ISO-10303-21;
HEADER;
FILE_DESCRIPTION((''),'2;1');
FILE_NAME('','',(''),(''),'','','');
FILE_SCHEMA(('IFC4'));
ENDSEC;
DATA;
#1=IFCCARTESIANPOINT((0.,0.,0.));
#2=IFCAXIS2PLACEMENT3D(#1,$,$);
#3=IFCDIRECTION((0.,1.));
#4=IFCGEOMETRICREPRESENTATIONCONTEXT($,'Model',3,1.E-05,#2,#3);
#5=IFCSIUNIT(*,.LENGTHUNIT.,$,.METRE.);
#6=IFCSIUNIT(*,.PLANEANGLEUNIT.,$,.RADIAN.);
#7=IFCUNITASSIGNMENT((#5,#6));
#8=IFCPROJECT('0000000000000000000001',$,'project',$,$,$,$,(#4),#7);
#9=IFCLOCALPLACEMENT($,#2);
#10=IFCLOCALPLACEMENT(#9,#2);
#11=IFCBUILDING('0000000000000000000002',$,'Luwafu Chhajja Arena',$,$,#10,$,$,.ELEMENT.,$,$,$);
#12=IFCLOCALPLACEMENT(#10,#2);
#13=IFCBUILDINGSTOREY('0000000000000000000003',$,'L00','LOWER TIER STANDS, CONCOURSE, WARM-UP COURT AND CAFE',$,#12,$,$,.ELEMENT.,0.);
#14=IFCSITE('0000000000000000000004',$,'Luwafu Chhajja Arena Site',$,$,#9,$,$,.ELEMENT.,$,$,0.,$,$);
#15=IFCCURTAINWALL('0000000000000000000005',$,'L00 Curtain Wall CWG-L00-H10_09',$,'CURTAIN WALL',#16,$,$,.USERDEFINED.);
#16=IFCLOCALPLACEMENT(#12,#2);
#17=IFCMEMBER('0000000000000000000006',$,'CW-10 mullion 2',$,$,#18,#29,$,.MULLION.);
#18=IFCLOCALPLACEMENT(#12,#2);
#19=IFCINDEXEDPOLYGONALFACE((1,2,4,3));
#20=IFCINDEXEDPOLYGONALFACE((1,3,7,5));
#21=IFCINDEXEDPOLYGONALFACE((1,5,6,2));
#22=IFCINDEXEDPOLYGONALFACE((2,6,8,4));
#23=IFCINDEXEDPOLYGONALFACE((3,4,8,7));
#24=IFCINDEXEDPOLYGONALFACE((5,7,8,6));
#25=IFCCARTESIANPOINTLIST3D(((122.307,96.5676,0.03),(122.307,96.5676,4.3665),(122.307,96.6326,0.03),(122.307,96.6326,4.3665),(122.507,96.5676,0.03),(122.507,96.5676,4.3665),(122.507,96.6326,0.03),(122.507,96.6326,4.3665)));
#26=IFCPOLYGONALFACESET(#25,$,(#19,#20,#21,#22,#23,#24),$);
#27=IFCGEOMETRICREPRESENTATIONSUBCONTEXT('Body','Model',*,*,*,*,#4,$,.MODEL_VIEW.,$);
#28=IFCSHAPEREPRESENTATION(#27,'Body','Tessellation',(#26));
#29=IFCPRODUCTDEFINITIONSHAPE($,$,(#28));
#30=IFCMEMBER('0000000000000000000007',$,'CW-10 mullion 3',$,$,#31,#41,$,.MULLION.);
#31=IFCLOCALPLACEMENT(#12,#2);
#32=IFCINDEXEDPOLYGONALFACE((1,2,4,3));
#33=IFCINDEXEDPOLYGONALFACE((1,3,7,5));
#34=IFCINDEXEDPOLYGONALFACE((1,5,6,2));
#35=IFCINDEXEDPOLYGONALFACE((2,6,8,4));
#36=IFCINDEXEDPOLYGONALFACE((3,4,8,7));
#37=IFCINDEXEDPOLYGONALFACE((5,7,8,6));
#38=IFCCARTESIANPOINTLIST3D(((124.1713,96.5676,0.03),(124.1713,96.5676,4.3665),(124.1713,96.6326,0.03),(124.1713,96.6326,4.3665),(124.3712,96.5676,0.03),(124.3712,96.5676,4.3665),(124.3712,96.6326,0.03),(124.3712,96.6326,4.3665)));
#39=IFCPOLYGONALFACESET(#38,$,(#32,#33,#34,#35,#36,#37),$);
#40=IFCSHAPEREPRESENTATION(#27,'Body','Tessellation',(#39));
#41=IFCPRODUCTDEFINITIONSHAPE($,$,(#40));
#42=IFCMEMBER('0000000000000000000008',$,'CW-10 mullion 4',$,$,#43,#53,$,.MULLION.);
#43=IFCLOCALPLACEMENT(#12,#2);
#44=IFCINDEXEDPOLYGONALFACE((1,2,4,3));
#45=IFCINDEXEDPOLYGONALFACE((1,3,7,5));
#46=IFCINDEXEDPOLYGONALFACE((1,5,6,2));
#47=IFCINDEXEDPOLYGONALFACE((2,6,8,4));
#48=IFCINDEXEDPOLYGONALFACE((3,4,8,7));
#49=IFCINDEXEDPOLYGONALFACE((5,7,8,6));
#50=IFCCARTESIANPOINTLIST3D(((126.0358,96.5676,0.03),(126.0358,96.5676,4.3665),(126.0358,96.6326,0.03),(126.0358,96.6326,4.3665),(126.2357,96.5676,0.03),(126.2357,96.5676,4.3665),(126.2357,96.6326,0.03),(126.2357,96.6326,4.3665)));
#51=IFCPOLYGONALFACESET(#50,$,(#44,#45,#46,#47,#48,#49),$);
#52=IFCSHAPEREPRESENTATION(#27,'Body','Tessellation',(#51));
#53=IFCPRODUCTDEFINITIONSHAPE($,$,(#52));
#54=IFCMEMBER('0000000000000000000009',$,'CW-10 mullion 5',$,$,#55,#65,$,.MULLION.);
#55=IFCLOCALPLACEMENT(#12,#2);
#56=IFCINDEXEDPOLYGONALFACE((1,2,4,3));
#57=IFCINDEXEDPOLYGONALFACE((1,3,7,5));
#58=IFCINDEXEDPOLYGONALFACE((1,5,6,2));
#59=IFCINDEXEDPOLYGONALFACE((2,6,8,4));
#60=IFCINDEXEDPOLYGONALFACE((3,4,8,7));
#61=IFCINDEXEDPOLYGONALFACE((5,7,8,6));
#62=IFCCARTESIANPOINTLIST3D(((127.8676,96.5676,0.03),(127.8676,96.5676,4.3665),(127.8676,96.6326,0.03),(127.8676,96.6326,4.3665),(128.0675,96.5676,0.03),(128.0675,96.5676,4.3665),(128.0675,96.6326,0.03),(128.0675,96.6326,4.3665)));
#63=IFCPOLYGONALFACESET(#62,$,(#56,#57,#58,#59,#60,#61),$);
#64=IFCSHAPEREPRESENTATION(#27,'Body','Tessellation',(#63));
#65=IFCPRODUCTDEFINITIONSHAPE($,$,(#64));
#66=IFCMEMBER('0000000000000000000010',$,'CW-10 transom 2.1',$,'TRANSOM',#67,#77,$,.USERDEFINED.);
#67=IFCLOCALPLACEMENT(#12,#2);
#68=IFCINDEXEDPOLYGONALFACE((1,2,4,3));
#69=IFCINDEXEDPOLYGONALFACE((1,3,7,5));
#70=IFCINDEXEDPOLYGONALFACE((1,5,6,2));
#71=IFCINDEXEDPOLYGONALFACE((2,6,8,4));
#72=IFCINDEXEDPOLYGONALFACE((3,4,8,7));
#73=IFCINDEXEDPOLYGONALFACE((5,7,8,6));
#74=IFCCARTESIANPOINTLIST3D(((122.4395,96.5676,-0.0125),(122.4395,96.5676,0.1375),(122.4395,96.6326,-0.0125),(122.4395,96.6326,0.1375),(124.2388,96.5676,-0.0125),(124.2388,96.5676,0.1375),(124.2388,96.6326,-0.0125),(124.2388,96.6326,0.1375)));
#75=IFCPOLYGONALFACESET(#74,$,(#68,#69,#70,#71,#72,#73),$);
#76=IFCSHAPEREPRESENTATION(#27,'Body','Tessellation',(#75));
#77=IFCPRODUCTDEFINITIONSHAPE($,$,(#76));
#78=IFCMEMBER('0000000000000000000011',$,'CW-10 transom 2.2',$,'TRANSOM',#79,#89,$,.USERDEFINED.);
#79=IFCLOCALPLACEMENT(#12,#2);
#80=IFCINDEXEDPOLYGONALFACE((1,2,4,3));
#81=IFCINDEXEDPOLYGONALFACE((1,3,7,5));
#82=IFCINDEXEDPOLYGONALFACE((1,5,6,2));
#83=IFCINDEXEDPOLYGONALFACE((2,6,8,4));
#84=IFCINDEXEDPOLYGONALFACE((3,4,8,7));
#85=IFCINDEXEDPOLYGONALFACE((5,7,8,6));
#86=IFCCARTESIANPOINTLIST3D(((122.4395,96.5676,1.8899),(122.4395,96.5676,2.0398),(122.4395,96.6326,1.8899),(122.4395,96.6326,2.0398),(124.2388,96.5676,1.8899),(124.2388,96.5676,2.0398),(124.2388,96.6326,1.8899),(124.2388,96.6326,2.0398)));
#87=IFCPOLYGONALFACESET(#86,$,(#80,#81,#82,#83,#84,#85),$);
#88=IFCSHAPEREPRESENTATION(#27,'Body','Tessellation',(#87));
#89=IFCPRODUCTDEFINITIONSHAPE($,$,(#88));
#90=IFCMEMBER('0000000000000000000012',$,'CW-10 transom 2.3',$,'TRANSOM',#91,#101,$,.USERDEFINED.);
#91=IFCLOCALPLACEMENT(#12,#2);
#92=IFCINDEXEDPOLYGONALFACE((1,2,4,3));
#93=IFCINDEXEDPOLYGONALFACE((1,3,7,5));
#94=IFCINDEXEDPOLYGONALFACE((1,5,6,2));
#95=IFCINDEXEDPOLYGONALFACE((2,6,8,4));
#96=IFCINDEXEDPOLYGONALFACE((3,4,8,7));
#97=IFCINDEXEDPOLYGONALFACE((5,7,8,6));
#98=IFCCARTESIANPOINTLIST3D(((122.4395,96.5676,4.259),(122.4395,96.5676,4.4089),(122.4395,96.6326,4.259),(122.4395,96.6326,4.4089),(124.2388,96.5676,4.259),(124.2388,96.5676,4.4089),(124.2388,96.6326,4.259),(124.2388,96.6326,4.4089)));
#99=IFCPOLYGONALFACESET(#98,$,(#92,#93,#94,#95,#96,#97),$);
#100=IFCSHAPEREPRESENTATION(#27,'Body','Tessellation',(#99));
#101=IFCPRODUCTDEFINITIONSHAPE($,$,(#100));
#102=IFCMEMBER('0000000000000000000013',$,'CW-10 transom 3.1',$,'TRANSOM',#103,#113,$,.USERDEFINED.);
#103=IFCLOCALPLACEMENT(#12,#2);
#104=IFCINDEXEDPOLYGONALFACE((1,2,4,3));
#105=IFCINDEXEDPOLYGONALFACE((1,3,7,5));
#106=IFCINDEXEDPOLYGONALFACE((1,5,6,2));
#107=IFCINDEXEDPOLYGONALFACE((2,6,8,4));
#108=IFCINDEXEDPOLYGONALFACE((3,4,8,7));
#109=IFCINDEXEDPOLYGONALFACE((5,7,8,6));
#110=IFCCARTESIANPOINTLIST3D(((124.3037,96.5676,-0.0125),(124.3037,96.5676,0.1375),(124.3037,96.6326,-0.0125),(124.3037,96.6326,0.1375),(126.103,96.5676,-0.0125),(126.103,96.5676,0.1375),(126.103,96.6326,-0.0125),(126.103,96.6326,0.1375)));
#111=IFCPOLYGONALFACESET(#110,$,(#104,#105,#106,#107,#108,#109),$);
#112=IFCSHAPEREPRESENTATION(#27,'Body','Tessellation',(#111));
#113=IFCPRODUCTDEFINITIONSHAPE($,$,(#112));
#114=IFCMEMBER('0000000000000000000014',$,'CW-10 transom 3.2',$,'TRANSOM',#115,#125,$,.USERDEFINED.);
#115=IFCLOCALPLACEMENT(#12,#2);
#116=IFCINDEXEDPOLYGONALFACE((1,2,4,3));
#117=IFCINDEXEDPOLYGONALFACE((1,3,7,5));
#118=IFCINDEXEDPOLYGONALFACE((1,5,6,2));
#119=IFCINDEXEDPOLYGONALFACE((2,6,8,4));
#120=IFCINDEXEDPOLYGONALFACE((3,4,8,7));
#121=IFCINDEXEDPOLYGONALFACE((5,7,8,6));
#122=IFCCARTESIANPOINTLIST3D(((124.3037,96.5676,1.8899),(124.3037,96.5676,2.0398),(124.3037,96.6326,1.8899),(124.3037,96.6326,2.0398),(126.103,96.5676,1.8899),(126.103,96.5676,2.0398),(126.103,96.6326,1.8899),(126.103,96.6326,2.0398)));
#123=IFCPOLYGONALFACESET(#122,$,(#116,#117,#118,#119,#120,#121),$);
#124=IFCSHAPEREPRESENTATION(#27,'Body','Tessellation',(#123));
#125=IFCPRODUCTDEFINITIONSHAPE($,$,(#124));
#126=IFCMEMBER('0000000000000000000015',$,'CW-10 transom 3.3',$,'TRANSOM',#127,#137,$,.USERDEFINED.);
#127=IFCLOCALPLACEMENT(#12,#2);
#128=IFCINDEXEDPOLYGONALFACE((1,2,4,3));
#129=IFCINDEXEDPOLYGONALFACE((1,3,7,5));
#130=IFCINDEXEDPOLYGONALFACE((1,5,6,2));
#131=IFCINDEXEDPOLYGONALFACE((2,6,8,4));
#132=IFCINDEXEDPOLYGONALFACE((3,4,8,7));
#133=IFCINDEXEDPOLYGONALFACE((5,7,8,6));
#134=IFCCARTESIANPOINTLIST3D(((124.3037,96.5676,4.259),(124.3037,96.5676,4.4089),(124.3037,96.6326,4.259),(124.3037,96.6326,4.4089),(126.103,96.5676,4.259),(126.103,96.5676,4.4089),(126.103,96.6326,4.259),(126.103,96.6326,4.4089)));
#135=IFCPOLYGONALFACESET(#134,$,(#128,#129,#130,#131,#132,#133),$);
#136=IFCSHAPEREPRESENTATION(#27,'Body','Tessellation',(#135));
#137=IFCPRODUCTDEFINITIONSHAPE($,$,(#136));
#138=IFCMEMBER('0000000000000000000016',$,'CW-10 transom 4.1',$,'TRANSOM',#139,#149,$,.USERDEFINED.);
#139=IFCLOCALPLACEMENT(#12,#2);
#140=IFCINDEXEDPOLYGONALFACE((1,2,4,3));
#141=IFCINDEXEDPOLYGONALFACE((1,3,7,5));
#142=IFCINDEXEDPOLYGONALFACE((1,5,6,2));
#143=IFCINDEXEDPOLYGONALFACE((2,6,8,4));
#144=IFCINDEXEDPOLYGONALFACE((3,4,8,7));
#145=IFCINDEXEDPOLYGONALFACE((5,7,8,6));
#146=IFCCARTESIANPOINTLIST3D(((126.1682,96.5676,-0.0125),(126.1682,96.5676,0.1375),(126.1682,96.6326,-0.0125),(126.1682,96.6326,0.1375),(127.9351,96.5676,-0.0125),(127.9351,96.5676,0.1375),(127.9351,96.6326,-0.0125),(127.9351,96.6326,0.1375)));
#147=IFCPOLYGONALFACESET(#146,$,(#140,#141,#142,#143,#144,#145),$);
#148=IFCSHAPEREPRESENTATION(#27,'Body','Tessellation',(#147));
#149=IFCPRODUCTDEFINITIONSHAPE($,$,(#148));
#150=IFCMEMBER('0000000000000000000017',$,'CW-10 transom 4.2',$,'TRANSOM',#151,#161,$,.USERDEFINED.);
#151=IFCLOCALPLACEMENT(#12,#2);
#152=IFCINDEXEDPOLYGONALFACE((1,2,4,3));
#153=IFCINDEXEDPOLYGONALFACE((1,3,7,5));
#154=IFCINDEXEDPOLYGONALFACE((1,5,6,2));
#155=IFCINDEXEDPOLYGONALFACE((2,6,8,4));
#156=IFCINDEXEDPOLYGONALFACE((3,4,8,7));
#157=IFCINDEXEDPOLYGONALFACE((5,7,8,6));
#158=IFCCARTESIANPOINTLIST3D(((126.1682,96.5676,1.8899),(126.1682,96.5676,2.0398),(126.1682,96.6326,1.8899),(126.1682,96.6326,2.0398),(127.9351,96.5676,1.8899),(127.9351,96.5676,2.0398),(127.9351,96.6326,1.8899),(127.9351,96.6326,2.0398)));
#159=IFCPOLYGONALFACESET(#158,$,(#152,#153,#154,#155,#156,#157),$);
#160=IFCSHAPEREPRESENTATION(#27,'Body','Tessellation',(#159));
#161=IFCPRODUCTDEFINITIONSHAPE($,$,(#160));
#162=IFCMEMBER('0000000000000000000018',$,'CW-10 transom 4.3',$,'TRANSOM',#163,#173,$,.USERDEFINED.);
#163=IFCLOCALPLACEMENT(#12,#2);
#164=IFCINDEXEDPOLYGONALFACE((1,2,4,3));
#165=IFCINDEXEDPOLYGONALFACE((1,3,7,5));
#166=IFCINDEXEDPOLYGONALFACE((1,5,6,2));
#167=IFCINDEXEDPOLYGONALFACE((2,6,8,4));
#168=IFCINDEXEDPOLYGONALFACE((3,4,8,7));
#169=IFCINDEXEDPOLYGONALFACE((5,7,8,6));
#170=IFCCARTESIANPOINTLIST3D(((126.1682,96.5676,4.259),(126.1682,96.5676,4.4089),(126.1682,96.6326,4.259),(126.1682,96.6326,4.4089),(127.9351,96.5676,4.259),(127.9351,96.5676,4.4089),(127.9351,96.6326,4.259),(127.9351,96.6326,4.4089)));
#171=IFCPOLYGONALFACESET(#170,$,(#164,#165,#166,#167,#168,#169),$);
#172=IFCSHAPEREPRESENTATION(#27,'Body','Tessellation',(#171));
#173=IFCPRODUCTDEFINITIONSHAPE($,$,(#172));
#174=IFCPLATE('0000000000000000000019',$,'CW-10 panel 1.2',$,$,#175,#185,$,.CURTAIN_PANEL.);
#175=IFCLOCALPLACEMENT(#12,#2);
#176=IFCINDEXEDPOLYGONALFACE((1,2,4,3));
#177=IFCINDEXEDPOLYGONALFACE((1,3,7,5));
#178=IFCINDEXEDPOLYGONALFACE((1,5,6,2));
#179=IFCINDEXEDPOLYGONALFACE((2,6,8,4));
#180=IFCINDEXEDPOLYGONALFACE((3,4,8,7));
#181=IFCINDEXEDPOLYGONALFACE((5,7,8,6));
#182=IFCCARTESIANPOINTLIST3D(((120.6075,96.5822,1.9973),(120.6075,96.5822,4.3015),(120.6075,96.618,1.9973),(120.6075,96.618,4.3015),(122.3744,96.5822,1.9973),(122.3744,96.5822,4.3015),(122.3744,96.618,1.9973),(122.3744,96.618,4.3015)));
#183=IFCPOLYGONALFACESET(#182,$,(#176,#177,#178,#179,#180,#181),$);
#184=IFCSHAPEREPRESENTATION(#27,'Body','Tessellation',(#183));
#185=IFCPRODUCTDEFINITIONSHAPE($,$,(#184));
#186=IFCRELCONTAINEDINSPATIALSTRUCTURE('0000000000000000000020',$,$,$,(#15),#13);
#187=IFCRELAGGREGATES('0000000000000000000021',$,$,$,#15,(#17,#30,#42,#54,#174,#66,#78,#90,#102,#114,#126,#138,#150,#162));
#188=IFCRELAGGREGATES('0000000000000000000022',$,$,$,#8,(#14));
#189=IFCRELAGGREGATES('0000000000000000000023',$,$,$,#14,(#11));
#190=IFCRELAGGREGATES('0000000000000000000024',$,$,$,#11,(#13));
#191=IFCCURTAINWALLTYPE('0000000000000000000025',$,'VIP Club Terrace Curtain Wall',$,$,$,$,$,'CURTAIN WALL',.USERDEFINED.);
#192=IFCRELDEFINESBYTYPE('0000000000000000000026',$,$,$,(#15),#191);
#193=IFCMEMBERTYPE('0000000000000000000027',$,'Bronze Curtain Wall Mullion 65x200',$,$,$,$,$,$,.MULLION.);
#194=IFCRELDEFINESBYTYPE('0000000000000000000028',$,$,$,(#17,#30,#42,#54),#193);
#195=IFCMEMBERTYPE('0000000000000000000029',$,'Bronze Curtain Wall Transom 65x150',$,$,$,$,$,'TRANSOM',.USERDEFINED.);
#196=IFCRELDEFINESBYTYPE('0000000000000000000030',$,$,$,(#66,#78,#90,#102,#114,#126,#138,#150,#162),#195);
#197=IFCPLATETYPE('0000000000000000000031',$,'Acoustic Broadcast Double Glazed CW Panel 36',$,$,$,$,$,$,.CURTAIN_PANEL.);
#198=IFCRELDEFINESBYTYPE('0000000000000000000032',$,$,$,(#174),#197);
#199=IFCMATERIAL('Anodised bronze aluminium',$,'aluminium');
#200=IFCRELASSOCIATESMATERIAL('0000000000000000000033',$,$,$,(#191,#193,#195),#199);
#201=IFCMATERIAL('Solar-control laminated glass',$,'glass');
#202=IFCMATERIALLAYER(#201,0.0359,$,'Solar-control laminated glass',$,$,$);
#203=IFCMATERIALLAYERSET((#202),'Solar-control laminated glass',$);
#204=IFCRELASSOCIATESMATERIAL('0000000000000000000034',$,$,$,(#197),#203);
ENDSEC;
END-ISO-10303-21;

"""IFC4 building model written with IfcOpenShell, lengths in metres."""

from ifc_helpers import new_model, si_unit, direction, frame, origin, origin_2d, place, context, subcontext, project, spatial, rectangle, extrude, material, layer, layer_set, material_profile, profile_set, type_object, element, aggregate, save


model = new_model("IFC4")

# Units and contexts
model_context = context("Model", 3, precision=1e-05, world=origin(), true_north=direction((0.0, 1.0)))
body_context = subcontext(model_context, "Body", "Model", "MODEL_VIEW")
ifc_project = project(units=[si_unit("LENGTHUNIT", "METRE"), si_unit("PLANEANGLEUNIT", "RADIAN")], contexts=[model_context])

# Site, building, storey
site_placement = place(None, origin())
site = spatial("IfcSite", under=ifc_project, at=site_placement, Name="Luwafu Chhajja Arena Site", CompositionType="ELEMENT", RefElevation=0.0)
building_placement = place(site_placement, origin())
building = spatial("IfcBuilding", under=site, at=building_placement, Name="Luwafu Chhajja Arena", CompositionType="ELEMENT")
storey_placement = place(building_placement, origin())
storey = spatial("IfcBuildingStorey", under=building, at=storey_placement, Name="L00", Description="LOWER TIER STANDS, CONCOURSE, WARM-UP COURT AND CAFE", CompositionType="ELEMENT", Elevation=0.0)

# Curtain wall, members, plate
ifc_material_1 = material(Name="Anodised bronze aluminium", Category="aluminium")
curtain_wall_type = type_object("IfcCurtainWallType", Name="VIP Club Terrace Curtain Wall", ElementType="CURTAIN WALL", PredefinedType="USERDEFINED", material=ifc_material_1)
curtain_wall_placement = place(storey_placement, origin())
curtain_wall = element("IfcCurtainWall", 1, at=curtain_wall_placement, inside=storey, type_object=curtain_wall_type, Name="L00 Curtain Wall CWG-L00-H10_09", ObjectType="CURTAIN WALL", PredefinedType="USERDEFINED")
ifc_material_profile_1 = material_profile(ifc_material_1, rectangle(XDim=0.0649, YDim=0.2, at=origin_2d()), Name="CWM 65x200")
ifc_profile_set_1 = profile_set([ifc_material_profile_1], Name="Anodised bronze aluminium")
member_type_1 = type_object("IfcMemberType", Name="Bronze Curtain Wall Mullion 65x200", PredefinedType="MULLION", material=ifc_profile_set_1)
member_1_placement = place(storey_placement, frame((122.407, 96.6001, 0.03), z_axis=(0.0, 0.0, 1.0), x_axis=(0.0, 1.0, 0.0)))
member_1 = element("IfcMember", 2, at=member_1_placement, type_object=member_type_1, Name="CW-10 mullion 2", PredefinedType="MULLION", context=body_context, shape_type="SweptSolid", body=[
    extrude(rectangle(XDim=0.0649, YDim=0.2, at=origin_2d()), origin(), (0.0, 0.0, 1.0), 4.3364),
])
member_2_placement = place(storey_placement, frame((124.2712, 96.6001, 0.03), z_axis=(0.0, 0.0, 1.0), x_axis=(0.0, 1.0, 0.0)))
member_2 = element("IfcMember", 3, at=member_2_placement, type_object=member_type_1, Name="CW-10 mullion 3", PredefinedType="MULLION", context=body_context, shape_type="SweptSolid", body=[
    extrude(rectangle(XDim=0.0649, YDim=0.2, at=origin_2d()), origin(), (0.0, 0.0, 1.0), 4.3364),
])
member_3_placement = place(storey_placement, frame((126.1357, 96.6001, 0.03), z_axis=(0.0, 0.0, 1.0), x_axis=(0.0, 1.0, 0.0)))
member_3 = element("IfcMember", 4, at=member_3_placement, type_object=member_type_1, Name="CW-10 mullion 4", PredefinedType="MULLION", context=body_context, shape_type="SweptSolid", body=[
    extrude(rectangle(XDim=0.0649, YDim=0.2, at=origin_2d()), origin(), (0.0, 0.0, 1.0), 4.3364),
])
member_4_placement = place(storey_placement, frame((127.9675, 96.6001, 0.03), z_axis=(0.0, 0.0, 1.0), x_axis=(0.0, 1.0, 0.0)))
member_4 = element("IfcMember", 5, at=member_4_placement, type_object=member_type_1, Name="CW-10 mullion 5", PredefinedType="MULLION", context=body_context, shape_type="SweptSolid", body=[
    extrude(rectangle(XDim=0.0649, YDim=0.2, at=origin_2d()), origin(), (0.0, 0.0, 1.0), 4.3364),
])
ifc_material_profile_2 = material_profile(ifc_material_1, rectangle(XDim=0.0649, YDim=0.1499, at=origin_2d()), Name="CWT 65x150")
ifc_profile_set_2 = profile_set([ifc_material_profile_2], Name="Anodised bronze aluminium")
member_type_2 = type_object("IfcMemberType", Name="Bronze Curtain Wall Transom 65x150", ElementType="TRANSOM", PredefinedType="USERDEFINED", material=ifc_profile_set_2)
member_5_placement = place(storey_placement, frame((122.4395, 96.6001, 0.0625), z_axis=(1.0, 0.0, 0.0), x_axis=(0.0, 1.0, 0.0)))
member_5 = element("IfcMember", 6, at=member_5_placement, type_object=member_type_2, Name="CW-10 transom 2.1", ObjectType="TRANSOM", PredefinedType="USERDEFINED", context=body_context, shape_type="SweptSolid", body=[
    extrude(rectangle(XDim=0.0649, YDim=0.1499, at=origin_2d()), origin(), (0.0, 0.0, 1.0), 1.7993),
])
member_6_placement = place(storey_placement, frame((122.4395, 96.6001, 1.9648), z_axis=(1.0, 0.0, 0.0), x_axis=(0.0, 1.0, 0.0)))
member_6 = element("IfcMember", 7, at=member_6_placement, type_object=member_type_2, Name="CW-10 transom 2.2", ObjectType="TRANSOM", PredefinedType="USERDEFINED", context=body_context, shape_type="SweptSolid", body=[
    extrude(rectangle(XDim=0.0649, YDim=0.1499, at=origin_2d()), origin(), (0.0, 0.0, 1.0), 1.7993),
])
member_7_placement = place(storey_placement, frame((122.4395, 96.6001, 4.334), z_axis=(1.0, 0.0, 0.0), x_axis=(0.0, 1.0, 0.0)))
member_7 = element("IfcMember", 8, at=member_7_placement, type_object=member_type_2, Name="CW-10 transom 2.3", ObjectType="TRANSOM", PredefinedType="USERDEFINED", context=body_context, shape_type="SweptSolid", body=[
    extrude(rectangle(XDim=0.0649, YDim=0.1499, at=origin_2d()), origin(), (0.0, 0.0, 1.0), 1.7993),
])
member_8_placement = place(storey_placement, frame((124.3037, 96.6001, 0.0625), z_axis=(1.0, 0.0, 0.0), x_axis=(0.0, 1.0, 0.0)))
member_8 = element("IfcMember", 9, at=member_8_placement, type_object=member_type_2, Name="CW-10 transom 3.1", ObjectType="TRANSOM", PredefinedType="USERDEFINED", context=body_context, shape_type="SweptSolid", body=[
    extrude(rectangle(XDim=0.0649, YDim=0.1499, at=origin_2d()), origin(), (0.0, 0.0, 1.0), 1.7993),
])
member_9_placement = place(storey_placement, frame((124.3037, 96.6001, 1.9648), z_axis=(1.0, 0.0, 0.0), x_axis=(0.0, 1.0, 0.0)))
member_9 = element("IfcMember", 10, at=member_9_placement, type_object=member_type_2, Name="CW-10 transom 3.2", ObjectType="TRANSOM", PredefinedType="USERDEFINED", context=body_context, shape_type="SweptSolid", body=[
    extrude(rectangle(XDim=0.0649, YDim=0.1499, at=origin_2d()), origin(), (0.0, 0.0, 1.0), 1.7993),
])
member_10_placement = place(storey_placement, frame((124.3037, 96.6001, 4.334), z_axis=(1.0, 0.0, 0.0), x_axis=(0.0, 1.0, 0.0)))
member_10 = element("IfcMember", 11, at=member_10_placement, type_object=member_type_2, Name="CW-10 transom 3.3", ObjectType="TRANSOM", PredefinedType="USERDEFINED", context=body_context, shape_type="SweptSolid", body=[
    extrude(rectangle(XDim=0.0649, YDim=0.1499, at=origin_2d()), origin(), (0.0, 0.0, 1.0), 1.7993),
])
member_11_placement = place(storey_placement, frame((126.1682, 96.6001, 0.0625), z_axis=(1.0, 0.0, 0.0), x_axis=(0.0, 1.0, 0.0)))
member_11 = element("IfcMember", 12, at=member_11_placement, type_object=member_type_2, Name="CW-10 transom 4.1", ObjectType="TRANSOM", PredefinedType="USERDEFINED", context=body_context, shape_type="SweptSolid", body=[
    extrude(rectangle(XDim=0.0649, YDim=0.1499, at=origin_2d()), origin(), (0.0, 0.0, 1.0), 1.7668),
])
member_12_placement = place(storey_placement, frame((126.1682, 96.6001, 1.9648), z_axis=(1.0, 0.0, 0.0), x_axis=(0.0, 1.0, 0.0)))
member_12 = element("IfcMember", 13, at=member_12_placement, type_object=member_type_2, Name="CW-10 transom 4.2", ObjectType="TRANSOM", PredefinedType="USERDEFINED", context=body_context, shape_type="SweptSolid", body=[
    extrude(rectangle(XDim=0.0649, YDim=0.1499, at=origin_2d()), origin(), (0.0, 0.0, 1.0), 1.7668),
])
member_13_placement = place(storey_placement, frame((126.1682, 96.6001, 4.334), z_axis=(1.0, 0.0, 0.0), x_axis=(0.0, 1.0, 0.0)))
member_13 = element("IfcMember", 14, at=member_13_placement, type_object=member_type_2, Name="CW-10 transom 4.3", ObjectType="TRANSOM", PredefinedType="USERDEFINED", context=body_context, shape_type="SweptSolid", body=[
    extrude(rectangle(XDim=0.0649, YDim=0.1499, at=origin_2d()), origin(), (0.0, 0.0, 1.0), 1.7668),
])
ifc_material_2 = material(Name="Solar-control laminated glass", Category="glass")
ifc_layer_1 = layer(ifc_material_2, 0.0359, Name="Solar-control laminated glass")
ifc_layer_set_1 = layer_set([ifc_layer_1], Name="Solar-control laminated glass")
plate_type = type_object("IfcPlateType", Name="Acoustic Broadcast Double Glazed CW Panel 36", PredefinedType="CURTAIN_PANEL", material=ifc_layer_set_1)
plate_1_placement = place(storey_placement, frame((121.491, 96.6001, 1.9973), z_axis=(0.0, 0.0, 1.0), x_axis=(1.0, 0.0, 0.0)))
plate_1 = element("IfcPlate", 15, at=plate_1_placement, type_object=plate_type, Name="CW-10 panel 1.2", PredefinedType="CURTAIN_PANEL", context=body_context, shape_type="SweptSolid", body=[
    extrude(rectangle(XDim=1.7668, YDim=0.0359, at=origin_2d()), origin(), (0.0, 0.0, 1.0), 2.3042),
])
aggregate(curtain_wall, [member_1, member_2, member_3, member_4, plate_1, member_5, member_6, member_7, member_8, member_9, member_10, member_11, member_12, member_13])

save(model, "model.ifc")
